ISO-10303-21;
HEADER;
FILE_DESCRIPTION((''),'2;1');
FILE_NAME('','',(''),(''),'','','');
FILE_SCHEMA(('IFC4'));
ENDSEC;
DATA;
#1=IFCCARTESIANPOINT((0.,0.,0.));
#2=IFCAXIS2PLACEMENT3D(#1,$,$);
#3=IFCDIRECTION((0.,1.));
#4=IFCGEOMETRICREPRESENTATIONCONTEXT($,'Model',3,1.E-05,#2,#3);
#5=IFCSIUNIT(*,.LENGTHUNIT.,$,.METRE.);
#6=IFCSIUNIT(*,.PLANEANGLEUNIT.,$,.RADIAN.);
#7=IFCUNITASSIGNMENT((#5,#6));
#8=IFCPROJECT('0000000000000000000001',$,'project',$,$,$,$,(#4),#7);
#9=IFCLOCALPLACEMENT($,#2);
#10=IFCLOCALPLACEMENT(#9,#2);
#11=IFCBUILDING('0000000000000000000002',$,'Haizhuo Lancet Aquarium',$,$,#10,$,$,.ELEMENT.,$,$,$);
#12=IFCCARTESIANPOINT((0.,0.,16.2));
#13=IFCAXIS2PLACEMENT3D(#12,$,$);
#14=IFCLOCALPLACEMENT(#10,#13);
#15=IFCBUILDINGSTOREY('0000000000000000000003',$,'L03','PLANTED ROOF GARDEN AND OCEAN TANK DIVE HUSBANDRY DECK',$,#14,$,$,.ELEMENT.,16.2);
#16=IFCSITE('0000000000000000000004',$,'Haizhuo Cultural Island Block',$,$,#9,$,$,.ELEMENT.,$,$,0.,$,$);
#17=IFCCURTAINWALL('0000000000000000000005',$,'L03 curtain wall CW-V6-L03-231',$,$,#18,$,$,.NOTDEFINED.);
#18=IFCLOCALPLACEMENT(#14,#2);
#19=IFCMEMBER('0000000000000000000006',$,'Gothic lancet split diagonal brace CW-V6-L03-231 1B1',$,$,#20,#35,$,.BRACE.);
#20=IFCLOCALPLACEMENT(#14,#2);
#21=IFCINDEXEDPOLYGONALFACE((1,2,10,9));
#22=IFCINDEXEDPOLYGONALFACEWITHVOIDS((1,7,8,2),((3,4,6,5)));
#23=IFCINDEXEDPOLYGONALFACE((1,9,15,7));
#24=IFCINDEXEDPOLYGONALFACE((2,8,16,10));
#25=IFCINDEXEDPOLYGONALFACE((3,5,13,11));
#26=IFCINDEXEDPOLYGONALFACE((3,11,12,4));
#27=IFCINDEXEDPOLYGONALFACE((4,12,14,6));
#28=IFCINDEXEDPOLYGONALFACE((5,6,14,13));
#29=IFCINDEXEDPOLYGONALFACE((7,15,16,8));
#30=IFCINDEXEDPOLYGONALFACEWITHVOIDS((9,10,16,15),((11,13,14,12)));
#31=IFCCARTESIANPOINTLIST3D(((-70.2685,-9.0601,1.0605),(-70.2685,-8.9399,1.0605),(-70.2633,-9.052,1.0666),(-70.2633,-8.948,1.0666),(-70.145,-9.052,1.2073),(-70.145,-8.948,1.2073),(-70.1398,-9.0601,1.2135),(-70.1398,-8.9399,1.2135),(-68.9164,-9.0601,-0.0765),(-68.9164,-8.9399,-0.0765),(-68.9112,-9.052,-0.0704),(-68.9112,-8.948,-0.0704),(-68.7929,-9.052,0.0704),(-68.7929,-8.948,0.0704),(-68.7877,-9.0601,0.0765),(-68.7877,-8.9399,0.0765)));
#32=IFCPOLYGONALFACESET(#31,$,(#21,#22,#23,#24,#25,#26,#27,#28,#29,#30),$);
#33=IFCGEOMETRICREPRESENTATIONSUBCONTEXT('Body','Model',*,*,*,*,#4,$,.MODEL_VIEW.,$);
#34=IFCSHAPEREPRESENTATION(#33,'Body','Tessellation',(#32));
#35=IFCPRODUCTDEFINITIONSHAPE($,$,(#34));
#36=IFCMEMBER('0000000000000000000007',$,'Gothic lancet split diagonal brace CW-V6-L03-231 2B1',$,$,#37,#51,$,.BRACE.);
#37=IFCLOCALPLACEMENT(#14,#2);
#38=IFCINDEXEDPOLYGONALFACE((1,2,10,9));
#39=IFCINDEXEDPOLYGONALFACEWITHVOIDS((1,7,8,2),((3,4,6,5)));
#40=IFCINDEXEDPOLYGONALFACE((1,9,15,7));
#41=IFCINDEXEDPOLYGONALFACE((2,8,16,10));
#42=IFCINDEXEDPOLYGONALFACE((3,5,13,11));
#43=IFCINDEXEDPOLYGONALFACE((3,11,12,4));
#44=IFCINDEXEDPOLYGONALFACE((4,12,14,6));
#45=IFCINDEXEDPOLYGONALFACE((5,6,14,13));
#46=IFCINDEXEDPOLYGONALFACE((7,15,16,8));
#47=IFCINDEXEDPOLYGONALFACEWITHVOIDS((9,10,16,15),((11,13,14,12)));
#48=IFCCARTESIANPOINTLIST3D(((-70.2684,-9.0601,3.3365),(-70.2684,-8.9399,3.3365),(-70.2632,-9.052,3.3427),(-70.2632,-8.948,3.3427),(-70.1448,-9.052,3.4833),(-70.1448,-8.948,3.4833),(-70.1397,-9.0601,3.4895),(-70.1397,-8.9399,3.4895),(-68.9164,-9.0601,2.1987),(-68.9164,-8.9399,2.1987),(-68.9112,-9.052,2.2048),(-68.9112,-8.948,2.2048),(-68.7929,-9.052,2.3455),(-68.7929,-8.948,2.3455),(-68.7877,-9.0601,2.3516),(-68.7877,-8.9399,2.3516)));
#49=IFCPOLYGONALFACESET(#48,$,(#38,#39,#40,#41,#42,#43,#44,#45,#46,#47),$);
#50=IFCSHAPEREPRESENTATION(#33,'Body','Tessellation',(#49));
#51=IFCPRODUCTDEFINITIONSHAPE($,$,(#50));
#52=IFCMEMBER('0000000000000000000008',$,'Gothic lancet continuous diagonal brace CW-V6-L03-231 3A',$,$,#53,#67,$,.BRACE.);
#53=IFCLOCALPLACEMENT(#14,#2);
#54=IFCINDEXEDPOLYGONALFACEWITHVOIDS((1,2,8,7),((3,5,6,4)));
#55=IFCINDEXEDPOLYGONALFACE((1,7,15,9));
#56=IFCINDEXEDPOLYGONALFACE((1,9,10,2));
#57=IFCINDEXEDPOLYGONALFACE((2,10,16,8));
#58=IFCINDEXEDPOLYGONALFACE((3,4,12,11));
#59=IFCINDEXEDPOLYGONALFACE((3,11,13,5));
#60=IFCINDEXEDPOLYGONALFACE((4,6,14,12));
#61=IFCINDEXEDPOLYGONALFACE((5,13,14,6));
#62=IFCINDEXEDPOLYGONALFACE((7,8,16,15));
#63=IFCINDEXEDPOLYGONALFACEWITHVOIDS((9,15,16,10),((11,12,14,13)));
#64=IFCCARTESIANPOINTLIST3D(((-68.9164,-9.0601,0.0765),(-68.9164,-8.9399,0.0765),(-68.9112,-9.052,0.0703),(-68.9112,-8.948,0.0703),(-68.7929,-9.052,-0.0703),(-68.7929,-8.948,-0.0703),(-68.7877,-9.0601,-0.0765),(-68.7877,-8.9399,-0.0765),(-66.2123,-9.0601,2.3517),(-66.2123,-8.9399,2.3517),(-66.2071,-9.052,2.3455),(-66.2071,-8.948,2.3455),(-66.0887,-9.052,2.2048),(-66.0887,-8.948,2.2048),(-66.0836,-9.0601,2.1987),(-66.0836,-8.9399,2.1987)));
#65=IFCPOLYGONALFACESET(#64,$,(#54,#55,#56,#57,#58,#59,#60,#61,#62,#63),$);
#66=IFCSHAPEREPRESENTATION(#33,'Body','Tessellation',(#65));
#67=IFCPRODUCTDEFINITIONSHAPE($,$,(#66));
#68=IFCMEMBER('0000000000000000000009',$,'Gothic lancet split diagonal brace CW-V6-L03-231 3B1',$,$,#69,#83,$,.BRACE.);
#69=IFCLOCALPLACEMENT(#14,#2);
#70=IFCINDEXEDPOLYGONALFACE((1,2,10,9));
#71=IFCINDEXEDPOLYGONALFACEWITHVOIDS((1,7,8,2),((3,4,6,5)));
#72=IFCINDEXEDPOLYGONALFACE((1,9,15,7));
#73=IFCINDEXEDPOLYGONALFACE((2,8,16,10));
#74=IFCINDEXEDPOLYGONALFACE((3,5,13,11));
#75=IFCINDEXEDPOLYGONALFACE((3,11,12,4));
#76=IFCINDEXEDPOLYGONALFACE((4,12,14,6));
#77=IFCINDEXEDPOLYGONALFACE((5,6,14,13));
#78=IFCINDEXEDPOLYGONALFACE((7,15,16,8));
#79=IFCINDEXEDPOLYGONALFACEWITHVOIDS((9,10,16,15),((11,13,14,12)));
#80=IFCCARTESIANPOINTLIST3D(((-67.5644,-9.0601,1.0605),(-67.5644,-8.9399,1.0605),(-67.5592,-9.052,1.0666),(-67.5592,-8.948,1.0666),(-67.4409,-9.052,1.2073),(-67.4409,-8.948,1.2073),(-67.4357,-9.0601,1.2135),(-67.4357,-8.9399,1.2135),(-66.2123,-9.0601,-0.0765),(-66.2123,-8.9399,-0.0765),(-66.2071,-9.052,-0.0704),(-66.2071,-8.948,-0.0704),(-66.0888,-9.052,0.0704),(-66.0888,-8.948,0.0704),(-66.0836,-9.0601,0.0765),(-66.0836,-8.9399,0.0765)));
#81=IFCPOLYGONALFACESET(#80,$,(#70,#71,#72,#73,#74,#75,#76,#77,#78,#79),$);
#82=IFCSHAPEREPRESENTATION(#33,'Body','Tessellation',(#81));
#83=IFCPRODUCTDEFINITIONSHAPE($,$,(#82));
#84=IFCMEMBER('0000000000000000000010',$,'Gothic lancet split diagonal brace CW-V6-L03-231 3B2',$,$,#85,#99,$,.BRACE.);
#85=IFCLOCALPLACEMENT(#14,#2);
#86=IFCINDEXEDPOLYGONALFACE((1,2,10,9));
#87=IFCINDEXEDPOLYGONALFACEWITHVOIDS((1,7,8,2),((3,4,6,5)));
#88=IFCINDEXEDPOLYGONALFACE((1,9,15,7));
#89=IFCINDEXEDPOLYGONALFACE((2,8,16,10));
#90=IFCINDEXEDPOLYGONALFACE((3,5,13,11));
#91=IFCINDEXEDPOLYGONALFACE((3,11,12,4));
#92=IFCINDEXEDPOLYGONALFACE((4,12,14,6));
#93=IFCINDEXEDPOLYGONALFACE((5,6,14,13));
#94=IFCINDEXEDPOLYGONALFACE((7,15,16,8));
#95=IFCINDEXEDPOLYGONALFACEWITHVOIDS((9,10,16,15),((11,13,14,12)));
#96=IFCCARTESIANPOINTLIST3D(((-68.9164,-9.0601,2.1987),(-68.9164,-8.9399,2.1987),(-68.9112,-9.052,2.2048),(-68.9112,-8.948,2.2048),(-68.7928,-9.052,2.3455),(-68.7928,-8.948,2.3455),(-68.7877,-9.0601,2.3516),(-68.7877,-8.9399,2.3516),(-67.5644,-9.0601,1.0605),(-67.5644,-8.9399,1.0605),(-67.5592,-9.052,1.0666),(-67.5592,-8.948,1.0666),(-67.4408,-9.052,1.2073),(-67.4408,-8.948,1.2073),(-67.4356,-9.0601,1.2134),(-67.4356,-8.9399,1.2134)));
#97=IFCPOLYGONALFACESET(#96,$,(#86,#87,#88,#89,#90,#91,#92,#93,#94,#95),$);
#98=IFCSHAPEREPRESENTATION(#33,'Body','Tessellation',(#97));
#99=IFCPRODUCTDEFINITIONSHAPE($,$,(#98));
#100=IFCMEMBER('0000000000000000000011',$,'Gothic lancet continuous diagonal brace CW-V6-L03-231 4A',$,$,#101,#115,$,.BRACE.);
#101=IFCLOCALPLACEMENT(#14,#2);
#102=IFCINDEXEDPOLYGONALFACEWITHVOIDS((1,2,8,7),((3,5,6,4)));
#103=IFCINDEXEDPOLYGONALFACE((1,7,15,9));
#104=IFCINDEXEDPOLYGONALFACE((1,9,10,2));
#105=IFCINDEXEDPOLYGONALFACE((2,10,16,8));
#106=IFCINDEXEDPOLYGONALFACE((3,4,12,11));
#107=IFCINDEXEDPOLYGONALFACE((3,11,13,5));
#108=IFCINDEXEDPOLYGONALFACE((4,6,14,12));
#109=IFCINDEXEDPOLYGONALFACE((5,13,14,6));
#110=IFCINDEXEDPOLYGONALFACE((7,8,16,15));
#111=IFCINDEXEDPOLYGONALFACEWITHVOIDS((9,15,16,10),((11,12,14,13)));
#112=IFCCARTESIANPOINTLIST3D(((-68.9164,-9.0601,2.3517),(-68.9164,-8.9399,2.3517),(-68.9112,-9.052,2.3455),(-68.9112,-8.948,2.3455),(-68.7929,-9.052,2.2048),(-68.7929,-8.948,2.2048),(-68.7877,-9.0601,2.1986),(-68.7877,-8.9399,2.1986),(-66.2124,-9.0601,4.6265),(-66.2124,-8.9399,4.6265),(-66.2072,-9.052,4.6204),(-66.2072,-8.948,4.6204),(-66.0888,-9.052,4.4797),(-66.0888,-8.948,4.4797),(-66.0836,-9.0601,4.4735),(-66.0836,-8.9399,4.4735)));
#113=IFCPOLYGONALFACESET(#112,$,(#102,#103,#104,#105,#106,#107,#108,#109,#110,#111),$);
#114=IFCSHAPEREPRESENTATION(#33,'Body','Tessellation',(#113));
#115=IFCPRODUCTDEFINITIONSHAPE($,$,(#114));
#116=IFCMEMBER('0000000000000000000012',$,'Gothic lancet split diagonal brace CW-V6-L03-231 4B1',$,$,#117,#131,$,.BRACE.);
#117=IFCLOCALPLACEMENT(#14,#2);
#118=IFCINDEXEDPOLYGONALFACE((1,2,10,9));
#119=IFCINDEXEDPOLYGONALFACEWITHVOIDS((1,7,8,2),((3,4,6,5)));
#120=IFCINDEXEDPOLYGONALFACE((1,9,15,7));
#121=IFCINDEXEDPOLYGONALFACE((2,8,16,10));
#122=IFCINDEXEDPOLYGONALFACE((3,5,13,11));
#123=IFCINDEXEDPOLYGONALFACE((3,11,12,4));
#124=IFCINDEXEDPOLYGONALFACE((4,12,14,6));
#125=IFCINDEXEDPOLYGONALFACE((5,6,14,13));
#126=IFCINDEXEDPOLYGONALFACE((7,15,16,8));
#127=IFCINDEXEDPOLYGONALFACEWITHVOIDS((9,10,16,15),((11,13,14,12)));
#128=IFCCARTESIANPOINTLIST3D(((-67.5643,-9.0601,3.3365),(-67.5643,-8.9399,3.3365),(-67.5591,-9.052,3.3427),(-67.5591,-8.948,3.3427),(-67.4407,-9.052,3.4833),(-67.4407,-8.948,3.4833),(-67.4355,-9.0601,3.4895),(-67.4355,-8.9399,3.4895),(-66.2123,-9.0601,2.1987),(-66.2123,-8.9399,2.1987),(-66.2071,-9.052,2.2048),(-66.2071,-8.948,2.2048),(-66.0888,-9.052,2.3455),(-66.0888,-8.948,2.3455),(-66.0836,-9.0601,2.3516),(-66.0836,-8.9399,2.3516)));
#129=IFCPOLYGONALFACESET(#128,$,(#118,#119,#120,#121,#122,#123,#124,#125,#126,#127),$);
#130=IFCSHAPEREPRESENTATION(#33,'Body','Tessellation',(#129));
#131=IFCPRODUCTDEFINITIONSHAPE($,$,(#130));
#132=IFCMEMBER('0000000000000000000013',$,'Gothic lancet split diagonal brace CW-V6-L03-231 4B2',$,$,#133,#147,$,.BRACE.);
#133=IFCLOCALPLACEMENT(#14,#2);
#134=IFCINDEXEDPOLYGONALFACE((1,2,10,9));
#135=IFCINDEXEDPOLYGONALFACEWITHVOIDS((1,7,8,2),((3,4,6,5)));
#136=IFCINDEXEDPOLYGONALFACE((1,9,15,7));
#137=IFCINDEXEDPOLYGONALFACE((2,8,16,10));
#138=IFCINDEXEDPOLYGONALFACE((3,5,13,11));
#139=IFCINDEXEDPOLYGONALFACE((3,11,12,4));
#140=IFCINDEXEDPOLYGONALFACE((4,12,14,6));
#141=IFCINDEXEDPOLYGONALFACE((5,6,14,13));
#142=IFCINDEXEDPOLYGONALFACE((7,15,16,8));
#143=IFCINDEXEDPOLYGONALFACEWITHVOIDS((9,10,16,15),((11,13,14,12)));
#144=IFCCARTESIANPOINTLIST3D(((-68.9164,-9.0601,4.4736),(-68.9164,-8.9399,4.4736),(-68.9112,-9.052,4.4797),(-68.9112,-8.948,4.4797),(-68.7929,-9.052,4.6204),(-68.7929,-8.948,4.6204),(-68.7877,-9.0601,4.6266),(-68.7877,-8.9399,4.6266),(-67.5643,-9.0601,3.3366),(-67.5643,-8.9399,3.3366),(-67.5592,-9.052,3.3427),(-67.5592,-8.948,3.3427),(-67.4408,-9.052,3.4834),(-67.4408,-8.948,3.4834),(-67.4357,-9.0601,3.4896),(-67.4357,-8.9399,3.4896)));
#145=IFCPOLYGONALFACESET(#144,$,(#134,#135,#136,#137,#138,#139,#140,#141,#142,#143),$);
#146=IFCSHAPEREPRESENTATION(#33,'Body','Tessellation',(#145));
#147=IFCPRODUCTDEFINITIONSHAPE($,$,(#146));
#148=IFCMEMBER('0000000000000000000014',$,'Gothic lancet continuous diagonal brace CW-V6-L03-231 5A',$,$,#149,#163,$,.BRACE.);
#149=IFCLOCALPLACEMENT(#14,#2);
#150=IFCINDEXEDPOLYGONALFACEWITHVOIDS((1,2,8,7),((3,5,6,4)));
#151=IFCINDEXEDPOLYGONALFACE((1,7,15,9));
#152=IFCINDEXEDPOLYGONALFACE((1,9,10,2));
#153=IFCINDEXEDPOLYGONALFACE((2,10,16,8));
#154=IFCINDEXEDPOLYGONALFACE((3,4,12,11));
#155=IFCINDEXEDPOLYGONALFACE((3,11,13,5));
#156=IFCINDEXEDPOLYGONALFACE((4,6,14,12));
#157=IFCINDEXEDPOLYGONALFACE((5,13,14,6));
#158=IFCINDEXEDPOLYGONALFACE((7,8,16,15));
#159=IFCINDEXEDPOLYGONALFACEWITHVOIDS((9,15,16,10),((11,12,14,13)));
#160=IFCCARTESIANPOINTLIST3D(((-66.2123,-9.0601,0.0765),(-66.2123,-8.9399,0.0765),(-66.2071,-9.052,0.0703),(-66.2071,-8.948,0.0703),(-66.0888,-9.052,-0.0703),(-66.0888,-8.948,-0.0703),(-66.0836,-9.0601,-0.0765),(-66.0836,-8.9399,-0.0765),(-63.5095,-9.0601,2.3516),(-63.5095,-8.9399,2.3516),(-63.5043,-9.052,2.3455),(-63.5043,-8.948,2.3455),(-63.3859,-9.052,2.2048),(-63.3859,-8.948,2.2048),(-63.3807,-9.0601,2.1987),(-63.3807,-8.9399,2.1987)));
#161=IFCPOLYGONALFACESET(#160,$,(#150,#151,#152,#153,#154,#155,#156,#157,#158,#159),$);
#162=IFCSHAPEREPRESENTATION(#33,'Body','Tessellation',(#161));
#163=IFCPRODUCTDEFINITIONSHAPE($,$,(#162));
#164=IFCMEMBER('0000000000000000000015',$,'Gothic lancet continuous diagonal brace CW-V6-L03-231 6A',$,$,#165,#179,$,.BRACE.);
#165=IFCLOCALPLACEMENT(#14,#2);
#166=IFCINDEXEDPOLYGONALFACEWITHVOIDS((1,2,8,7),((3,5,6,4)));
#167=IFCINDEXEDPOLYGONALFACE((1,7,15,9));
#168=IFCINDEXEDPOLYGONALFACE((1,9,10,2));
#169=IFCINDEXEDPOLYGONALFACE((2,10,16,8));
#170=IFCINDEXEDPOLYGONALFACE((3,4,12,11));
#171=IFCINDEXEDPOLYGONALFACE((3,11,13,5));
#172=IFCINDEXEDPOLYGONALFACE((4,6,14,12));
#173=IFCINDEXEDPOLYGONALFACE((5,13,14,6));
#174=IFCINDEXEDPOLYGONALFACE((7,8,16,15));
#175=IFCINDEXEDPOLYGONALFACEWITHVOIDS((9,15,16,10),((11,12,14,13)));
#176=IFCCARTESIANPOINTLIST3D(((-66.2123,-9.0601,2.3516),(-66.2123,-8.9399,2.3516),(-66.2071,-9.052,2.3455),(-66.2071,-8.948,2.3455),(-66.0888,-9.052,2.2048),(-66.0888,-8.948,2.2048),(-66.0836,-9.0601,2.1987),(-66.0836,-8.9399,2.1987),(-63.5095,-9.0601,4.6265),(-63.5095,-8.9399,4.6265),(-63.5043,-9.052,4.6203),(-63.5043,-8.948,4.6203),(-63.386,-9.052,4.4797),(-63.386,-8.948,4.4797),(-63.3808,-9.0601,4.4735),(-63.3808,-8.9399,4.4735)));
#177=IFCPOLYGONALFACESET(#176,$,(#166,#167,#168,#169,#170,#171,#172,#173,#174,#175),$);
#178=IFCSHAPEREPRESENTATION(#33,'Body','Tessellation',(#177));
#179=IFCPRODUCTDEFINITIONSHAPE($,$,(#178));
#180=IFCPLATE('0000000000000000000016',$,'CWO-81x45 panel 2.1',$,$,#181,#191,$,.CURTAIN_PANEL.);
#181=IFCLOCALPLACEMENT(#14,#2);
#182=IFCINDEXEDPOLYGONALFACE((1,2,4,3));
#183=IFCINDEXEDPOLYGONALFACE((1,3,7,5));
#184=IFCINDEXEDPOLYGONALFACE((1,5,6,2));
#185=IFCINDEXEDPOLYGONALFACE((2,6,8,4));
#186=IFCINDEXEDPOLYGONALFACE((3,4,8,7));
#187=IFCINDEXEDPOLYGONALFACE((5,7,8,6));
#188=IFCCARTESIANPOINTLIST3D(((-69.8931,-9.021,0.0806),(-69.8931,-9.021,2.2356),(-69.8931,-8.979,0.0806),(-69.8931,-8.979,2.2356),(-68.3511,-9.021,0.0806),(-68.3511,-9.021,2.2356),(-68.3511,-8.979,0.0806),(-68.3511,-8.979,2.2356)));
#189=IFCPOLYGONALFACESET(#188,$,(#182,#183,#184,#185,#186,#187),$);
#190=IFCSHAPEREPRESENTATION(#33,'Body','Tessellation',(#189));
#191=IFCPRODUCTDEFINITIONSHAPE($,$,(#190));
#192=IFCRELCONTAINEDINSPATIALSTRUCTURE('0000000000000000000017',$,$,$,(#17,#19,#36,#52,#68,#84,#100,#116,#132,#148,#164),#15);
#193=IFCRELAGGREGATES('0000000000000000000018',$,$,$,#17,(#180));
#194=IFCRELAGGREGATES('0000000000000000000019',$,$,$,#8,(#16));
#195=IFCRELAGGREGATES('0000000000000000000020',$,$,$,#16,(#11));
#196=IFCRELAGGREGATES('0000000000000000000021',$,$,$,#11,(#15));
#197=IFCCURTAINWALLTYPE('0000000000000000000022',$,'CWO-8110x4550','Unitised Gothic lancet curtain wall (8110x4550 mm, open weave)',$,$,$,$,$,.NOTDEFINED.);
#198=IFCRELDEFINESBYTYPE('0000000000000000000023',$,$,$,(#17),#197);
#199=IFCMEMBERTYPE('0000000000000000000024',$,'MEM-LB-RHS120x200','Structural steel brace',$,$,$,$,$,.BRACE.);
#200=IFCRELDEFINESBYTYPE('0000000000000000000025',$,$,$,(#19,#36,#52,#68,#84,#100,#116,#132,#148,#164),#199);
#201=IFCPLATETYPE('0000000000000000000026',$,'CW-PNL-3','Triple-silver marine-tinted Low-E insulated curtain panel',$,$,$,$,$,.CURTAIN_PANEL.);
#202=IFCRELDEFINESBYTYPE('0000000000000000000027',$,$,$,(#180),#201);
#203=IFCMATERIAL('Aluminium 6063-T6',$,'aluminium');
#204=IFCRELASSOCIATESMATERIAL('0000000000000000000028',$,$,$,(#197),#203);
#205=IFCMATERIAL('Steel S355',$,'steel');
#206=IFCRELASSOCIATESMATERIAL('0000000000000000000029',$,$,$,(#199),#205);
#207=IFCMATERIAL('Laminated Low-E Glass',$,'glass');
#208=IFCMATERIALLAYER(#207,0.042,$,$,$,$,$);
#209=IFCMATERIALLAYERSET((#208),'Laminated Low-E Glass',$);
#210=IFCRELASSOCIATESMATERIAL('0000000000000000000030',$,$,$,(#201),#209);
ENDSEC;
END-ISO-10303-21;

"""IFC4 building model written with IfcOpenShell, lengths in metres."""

from ifc_helpers import new_model, si_unit, direction, frame, origin, origin_2d, place, context, subcontext, project, spatial, rectangle, hollow_rectangle, extrude, material, layer, layer_set, material_profile, profile_set, type_object, element, aggregate, save


model = new_model("IFC4")

# Units and contexts
model_context = context("Model", 3, precision=1e-05, world=origin(), true_north=direction((0.0, 1.0)))
body_context = subcontext(model_context, "Body", "Model", "MODEL_VIEW")
ifc_project = project(units=[si_unit("LENGTHUNIT", "METRE"), si_unit("PLANEANGLEUNIT", "RADIAN")], contexts=[model_context])

# Site, building, storey
site_placement = place(None, origin())
site = spatial("IfcSite", under=ifc_project, at=site_placement, Name="Haizhuo Cultural Island Block", CompositionType="ELEMENT", RefElevation=0.0)
building_placement = place(site_placement, origin())
building = spatial("IfcBuilding", under=site, at=building_placement, Name="Haizhuo Lancet Aquarium", CompositionType="ELEMENT")
storey_placement = place(building_placement, frame((0.0, 0.0, 16.2)))
storey = spatial("IfcBuildingStorey", under=building, at=storey_placement, Name="L03", Description="PLANTED ROOF GARDEN AND OCEAN TANK DIVE HUSBANDRY DECK", CompositionType="ELEMENT", Elevation=16.2)

# Curtain wall
ifc_material_1 = material(Name="Aluminium 6063-T6", Category="aluminium")
curtain_wall_type = type_object("IfcCurtainWallType", Name="CWO-8110x4550", Description="Unitised Gothic lancet curtain wall (8110x4550 mm, open weave)", PredefinedType="NOTDEFINED", material=ifc_material_1)
curtain_wall_placement = place(storey_placement, origin())
curtain_wall = element("IfcCurtainWall", 1, at=curtain_wall_placement, inside=storey, type_object=curtain_wall_type, Name="L03 curtain wall CW-V6-L03-231", PredefinedType="NOTDEFINED")

# Members
ifc_material_2 = material(Name="Steel S355", Category="steel")
ifc_material_profile_1 = material_profile(ifc_material_2, hollow_rectangle(XDim=0.1201, YDim=0.2, WallThickness=0.0081, at=origin_2d()), Name="RHS 120x200x8")
ifc_profile_set_1 = profile_set([ifc_material_profile_1], Name="Steel S355")
member_type_1 = type_object("IfcMemberType", Name="MEM-LB-RHS120x200", Description="Structural steel brace", PredefinedType="BRACE", material=ifc_profile_set_1)
member_1_placement = place(storey_placement, frame((-68.8521, -9.0, 0.0), z_axis=(-0.765359, 0.0, 0.643604), x_axis=(0.0, -1.0, 0.0)))
element("IfcMember", 2, at=member_1_placement, inside=storey, type_object=member_type_1, Name="Gothic lancet split diagonal brace CW-V6-L03-231 1B1", PredefinedType="BRACE", context=body_context, shape_type="SweptSolid", body=[
    extrude(hollow_rectangle(XDim=0.1201, YDim=0.2, WallThickness=0.0081, at=origin_2d()), origin(), (0.0, 0.0, 1.0), 1.7666),
])
member_2_placement = place(storey_placement, frame((-68.8521, -9.0, 2.2751), z_axis=(-0.765087, 0.0, 0.643927), x_axis=(0.0, -1.0, 0.0)))
element("IfcMember", 3, at=member_2_placement, inside=storey, type_object=member_type_1, Name="Gothic lancet split diagonal brace CW-V6-L03-231 2B1", PredefinedType="BRACE", context=body_context, shape_type="SweptSolid", body=[
    extrude(hollow_rectangle(XDim=0.1201, YDim=0.2, WallThickness=0.0081, at=origin_2d()), origin(), (0.0, 0.0, 1.0), 1.7671),
])
member_3_placement = place(storey_placement, frame((-68.8521, -9.0, 0.0), z_axis=(0.765189, 0.0, 0.643806), x_axis=(0.0, 1.0, 0.0)))
element("IfcMember", 4, at=member_3_placement, inside=storey, type_object=member_type_1, Name="Gothic lancet continuous diagonal brace CW-V6-L03-231 3A", PredefinedType="BRACE", context=body_context, shape_type="SweptSolid", body=[
    extrude(hollow_rectangle(XDim=0.1201, YDim=0.2, WallThickness=0.0081, at=origin_2d()), origin(), (0.0, 0.0, 1.0), 3.5339),
])
member_4_placement = place(storey_placement, frame((-66.1479, -9.0, 0.0), z_axis=(-0.765359, 0.0, 0.643604), x_axis=(0.0, -1.0, 0.0)))
element("IfcMember", 5, at=member_4_placement, inside=storey, type_object=member_type_1, Name="Gothic lancet split diagonal brace CW-V6-L03-231 3B1", PredefinedType="BRACE", context=body_context, shape_type="SweptSolid", body=[
    extrude(hollow_rectangle(XDim=0.1201, YDim=0.2, WallThickness=0.0081, at=origin_2d()), origin(), (0.0, 0.0, 1.0), 1.7666),
])
member_5_placement = place(storey_placement, frame((-67.5, -9.0, 1.137), z_axis=(-0.765019, 0.0, 0.644008), x_axis=(0.0, -1.0, 0.0)))
element("IfcMember", 6, at=member_5_placement, inside=storey, type_object=member_type_1, Name="Gothic lancet split diagonal brace CW-V6-L03-231 3B2", PredefinedType="BRACE", context=body_context, shape_type="SweptSolid", body=[
    extrude(hollow_rectangle(XDim=0.1201, YDim=0.2, WallThickness=0.0081, at=origin_2d()), origin(), (0.0, 0.0, 1.0), 1.7673),
])
member_6_placement = place(storey_placement, frame((-68.8521, -9.0, 2.2751), z_axis=(0.765223, 0.0, 0.643765), x_axis=(0.0, 1.0, 0.0)))
element("IfcMember", 7, at=member_6_placement, inside=storey, type_object=member_type_1, Name="Gothic lancet continuous diagonal brace CW-V6-L03-231 4A", PredefinedType="BRACE", context=body_context, shape_type="SweptSolid", body=[
    extrude(hollow_rectangle(XDim=0.1201, YDim=0.2, WallThickness=0.0081, at=origin_2d()), origin(), (0.0, 0.0, 1.0), 3.5337),
])
member_7_placement = place(storey_placement, frame((-66.1479, -9.0, 2.2751), z_axis=(-0.765087, 0.0, 0.643927), x_axis=(0.0, -1.0, 0.0)))
element("IfcMember", 8, at=member_7_placement, inside=storey, type_object=member_type_1, Name="Gothic lancet split diagonal brace CW-V6-L03-231 4B1", PredefinedType="BRACE", context=body_context, shape_type="SweptSolid", body=[
    extrude(hollow_rectangle(XDim=0.1201, YDim=0.2, WallThickness=0.0081, at=origin_2d()), origin(), (0.0, 0.0, 1.0), 1.7671),
])
member_8_placement = place(storey_placement, frame((-67.5, -9.0, 3.4131), z_axis=(-0.765359, 0.0, 0.643604), x_axis=(0.0, -1.0, 0.0)))
element("IfcMember", 9, at=member_8_placement, inside=storey, type_object=member_type_1, Name="Gothic lancet split diagonal brace CW-V6-L03-231 4B2", PredefinedType="BRACE", context=body_context, shape_type="SweptSolid", body=[
    extrude(hollow_rectangle(XDim=0.1201, YDim=0.2, WallThickness=0.0081, at=origin_2d()), origin(), (0.0, 0.0, 1.0), 1.7666),
])
member_9_placement = place(storey_placement, frame((-66.1479, -9.0, 0.0), z_axis=(0.765046, 0.0, 0.643976), x_axis=(0.0, 1.0, 0.0)))
element("IfcMember", 10, at=member_9_placement, inside=storey, type_object=member_type_1, Name="Gothic lancet continuous diagonal brace CW-V6-L03-231 5A", PredefinedType="BRACE", context=body_context, shape_type="SweptSolid", body=[
    extrude(hollow_rectangle(XDim=0.1201, YDim=0.2, WallThickness=0.0081, at=origin_2d()), origin(), (0.0, 0.0, 1.0), 3.533),
])
member_10_placement = place(storey_placement, frame((-66.1479, -9.0, 2.2751), z_axis=(0.76508, 0.0, 0.643936), x_axis=(0.0, 1.0, 0.0)))
element("IfcMember", 11, at=member_10_placement, inside=storey, type_object=member_type_1, Name="Gothic lancet continuous diagonal brace CW-V6-L03-231 6A", PredefinedType="BRACE", context=body_context, shape_type="SweptSolid", body=[
    extrude(hollow_rectangle(XDim=0.1201, YDim=0.2, WallThickness=0.0081, at=origin_2d()), origin(), (0.0, 0.0, 1.0), 3.5327),
])

# Plate
ifc_material_3 = material(Name="Laminated Low-E Glass", Category="glass")
ifc_layer = layer(ifc_material_3, 0.042)
ifc_layer_set = layer_set([ifc_layer], Name="Laminated Low-E Glass")
plate_type = type_object("IfcPlateType", Name="CW-PNL-3", Description="Triple-silver marine-tinted Low-E insulated curtain panel", PredefinedType="CURTAIN_PANEL", material=ifc_layer_set)
plate_1_placement = place(storey_placement, frame((-69.1221, -9.0, 0.0806), z_axis=(0.0, 0.0, 1.0), x_axis=(1.0, 0.0, 0.0)))
plate_1 = element("IfcPlate", 12, at=plate_1_placement, type_object=plate_type, Name="CWO-81x45 panel 2.1", PredefinedType="CURTAIN_PANEL", context=body_context, shape_type="SweptSolid", body=[
    extrude(rectangle(XDim=1.542, YDim=0.042, at=origin_2d()), origin(), (0.0, 0.0, 1.0), 2.155),
])
aggregate(curtain_wall, [plate_1])

save(model, "model.ifc")
